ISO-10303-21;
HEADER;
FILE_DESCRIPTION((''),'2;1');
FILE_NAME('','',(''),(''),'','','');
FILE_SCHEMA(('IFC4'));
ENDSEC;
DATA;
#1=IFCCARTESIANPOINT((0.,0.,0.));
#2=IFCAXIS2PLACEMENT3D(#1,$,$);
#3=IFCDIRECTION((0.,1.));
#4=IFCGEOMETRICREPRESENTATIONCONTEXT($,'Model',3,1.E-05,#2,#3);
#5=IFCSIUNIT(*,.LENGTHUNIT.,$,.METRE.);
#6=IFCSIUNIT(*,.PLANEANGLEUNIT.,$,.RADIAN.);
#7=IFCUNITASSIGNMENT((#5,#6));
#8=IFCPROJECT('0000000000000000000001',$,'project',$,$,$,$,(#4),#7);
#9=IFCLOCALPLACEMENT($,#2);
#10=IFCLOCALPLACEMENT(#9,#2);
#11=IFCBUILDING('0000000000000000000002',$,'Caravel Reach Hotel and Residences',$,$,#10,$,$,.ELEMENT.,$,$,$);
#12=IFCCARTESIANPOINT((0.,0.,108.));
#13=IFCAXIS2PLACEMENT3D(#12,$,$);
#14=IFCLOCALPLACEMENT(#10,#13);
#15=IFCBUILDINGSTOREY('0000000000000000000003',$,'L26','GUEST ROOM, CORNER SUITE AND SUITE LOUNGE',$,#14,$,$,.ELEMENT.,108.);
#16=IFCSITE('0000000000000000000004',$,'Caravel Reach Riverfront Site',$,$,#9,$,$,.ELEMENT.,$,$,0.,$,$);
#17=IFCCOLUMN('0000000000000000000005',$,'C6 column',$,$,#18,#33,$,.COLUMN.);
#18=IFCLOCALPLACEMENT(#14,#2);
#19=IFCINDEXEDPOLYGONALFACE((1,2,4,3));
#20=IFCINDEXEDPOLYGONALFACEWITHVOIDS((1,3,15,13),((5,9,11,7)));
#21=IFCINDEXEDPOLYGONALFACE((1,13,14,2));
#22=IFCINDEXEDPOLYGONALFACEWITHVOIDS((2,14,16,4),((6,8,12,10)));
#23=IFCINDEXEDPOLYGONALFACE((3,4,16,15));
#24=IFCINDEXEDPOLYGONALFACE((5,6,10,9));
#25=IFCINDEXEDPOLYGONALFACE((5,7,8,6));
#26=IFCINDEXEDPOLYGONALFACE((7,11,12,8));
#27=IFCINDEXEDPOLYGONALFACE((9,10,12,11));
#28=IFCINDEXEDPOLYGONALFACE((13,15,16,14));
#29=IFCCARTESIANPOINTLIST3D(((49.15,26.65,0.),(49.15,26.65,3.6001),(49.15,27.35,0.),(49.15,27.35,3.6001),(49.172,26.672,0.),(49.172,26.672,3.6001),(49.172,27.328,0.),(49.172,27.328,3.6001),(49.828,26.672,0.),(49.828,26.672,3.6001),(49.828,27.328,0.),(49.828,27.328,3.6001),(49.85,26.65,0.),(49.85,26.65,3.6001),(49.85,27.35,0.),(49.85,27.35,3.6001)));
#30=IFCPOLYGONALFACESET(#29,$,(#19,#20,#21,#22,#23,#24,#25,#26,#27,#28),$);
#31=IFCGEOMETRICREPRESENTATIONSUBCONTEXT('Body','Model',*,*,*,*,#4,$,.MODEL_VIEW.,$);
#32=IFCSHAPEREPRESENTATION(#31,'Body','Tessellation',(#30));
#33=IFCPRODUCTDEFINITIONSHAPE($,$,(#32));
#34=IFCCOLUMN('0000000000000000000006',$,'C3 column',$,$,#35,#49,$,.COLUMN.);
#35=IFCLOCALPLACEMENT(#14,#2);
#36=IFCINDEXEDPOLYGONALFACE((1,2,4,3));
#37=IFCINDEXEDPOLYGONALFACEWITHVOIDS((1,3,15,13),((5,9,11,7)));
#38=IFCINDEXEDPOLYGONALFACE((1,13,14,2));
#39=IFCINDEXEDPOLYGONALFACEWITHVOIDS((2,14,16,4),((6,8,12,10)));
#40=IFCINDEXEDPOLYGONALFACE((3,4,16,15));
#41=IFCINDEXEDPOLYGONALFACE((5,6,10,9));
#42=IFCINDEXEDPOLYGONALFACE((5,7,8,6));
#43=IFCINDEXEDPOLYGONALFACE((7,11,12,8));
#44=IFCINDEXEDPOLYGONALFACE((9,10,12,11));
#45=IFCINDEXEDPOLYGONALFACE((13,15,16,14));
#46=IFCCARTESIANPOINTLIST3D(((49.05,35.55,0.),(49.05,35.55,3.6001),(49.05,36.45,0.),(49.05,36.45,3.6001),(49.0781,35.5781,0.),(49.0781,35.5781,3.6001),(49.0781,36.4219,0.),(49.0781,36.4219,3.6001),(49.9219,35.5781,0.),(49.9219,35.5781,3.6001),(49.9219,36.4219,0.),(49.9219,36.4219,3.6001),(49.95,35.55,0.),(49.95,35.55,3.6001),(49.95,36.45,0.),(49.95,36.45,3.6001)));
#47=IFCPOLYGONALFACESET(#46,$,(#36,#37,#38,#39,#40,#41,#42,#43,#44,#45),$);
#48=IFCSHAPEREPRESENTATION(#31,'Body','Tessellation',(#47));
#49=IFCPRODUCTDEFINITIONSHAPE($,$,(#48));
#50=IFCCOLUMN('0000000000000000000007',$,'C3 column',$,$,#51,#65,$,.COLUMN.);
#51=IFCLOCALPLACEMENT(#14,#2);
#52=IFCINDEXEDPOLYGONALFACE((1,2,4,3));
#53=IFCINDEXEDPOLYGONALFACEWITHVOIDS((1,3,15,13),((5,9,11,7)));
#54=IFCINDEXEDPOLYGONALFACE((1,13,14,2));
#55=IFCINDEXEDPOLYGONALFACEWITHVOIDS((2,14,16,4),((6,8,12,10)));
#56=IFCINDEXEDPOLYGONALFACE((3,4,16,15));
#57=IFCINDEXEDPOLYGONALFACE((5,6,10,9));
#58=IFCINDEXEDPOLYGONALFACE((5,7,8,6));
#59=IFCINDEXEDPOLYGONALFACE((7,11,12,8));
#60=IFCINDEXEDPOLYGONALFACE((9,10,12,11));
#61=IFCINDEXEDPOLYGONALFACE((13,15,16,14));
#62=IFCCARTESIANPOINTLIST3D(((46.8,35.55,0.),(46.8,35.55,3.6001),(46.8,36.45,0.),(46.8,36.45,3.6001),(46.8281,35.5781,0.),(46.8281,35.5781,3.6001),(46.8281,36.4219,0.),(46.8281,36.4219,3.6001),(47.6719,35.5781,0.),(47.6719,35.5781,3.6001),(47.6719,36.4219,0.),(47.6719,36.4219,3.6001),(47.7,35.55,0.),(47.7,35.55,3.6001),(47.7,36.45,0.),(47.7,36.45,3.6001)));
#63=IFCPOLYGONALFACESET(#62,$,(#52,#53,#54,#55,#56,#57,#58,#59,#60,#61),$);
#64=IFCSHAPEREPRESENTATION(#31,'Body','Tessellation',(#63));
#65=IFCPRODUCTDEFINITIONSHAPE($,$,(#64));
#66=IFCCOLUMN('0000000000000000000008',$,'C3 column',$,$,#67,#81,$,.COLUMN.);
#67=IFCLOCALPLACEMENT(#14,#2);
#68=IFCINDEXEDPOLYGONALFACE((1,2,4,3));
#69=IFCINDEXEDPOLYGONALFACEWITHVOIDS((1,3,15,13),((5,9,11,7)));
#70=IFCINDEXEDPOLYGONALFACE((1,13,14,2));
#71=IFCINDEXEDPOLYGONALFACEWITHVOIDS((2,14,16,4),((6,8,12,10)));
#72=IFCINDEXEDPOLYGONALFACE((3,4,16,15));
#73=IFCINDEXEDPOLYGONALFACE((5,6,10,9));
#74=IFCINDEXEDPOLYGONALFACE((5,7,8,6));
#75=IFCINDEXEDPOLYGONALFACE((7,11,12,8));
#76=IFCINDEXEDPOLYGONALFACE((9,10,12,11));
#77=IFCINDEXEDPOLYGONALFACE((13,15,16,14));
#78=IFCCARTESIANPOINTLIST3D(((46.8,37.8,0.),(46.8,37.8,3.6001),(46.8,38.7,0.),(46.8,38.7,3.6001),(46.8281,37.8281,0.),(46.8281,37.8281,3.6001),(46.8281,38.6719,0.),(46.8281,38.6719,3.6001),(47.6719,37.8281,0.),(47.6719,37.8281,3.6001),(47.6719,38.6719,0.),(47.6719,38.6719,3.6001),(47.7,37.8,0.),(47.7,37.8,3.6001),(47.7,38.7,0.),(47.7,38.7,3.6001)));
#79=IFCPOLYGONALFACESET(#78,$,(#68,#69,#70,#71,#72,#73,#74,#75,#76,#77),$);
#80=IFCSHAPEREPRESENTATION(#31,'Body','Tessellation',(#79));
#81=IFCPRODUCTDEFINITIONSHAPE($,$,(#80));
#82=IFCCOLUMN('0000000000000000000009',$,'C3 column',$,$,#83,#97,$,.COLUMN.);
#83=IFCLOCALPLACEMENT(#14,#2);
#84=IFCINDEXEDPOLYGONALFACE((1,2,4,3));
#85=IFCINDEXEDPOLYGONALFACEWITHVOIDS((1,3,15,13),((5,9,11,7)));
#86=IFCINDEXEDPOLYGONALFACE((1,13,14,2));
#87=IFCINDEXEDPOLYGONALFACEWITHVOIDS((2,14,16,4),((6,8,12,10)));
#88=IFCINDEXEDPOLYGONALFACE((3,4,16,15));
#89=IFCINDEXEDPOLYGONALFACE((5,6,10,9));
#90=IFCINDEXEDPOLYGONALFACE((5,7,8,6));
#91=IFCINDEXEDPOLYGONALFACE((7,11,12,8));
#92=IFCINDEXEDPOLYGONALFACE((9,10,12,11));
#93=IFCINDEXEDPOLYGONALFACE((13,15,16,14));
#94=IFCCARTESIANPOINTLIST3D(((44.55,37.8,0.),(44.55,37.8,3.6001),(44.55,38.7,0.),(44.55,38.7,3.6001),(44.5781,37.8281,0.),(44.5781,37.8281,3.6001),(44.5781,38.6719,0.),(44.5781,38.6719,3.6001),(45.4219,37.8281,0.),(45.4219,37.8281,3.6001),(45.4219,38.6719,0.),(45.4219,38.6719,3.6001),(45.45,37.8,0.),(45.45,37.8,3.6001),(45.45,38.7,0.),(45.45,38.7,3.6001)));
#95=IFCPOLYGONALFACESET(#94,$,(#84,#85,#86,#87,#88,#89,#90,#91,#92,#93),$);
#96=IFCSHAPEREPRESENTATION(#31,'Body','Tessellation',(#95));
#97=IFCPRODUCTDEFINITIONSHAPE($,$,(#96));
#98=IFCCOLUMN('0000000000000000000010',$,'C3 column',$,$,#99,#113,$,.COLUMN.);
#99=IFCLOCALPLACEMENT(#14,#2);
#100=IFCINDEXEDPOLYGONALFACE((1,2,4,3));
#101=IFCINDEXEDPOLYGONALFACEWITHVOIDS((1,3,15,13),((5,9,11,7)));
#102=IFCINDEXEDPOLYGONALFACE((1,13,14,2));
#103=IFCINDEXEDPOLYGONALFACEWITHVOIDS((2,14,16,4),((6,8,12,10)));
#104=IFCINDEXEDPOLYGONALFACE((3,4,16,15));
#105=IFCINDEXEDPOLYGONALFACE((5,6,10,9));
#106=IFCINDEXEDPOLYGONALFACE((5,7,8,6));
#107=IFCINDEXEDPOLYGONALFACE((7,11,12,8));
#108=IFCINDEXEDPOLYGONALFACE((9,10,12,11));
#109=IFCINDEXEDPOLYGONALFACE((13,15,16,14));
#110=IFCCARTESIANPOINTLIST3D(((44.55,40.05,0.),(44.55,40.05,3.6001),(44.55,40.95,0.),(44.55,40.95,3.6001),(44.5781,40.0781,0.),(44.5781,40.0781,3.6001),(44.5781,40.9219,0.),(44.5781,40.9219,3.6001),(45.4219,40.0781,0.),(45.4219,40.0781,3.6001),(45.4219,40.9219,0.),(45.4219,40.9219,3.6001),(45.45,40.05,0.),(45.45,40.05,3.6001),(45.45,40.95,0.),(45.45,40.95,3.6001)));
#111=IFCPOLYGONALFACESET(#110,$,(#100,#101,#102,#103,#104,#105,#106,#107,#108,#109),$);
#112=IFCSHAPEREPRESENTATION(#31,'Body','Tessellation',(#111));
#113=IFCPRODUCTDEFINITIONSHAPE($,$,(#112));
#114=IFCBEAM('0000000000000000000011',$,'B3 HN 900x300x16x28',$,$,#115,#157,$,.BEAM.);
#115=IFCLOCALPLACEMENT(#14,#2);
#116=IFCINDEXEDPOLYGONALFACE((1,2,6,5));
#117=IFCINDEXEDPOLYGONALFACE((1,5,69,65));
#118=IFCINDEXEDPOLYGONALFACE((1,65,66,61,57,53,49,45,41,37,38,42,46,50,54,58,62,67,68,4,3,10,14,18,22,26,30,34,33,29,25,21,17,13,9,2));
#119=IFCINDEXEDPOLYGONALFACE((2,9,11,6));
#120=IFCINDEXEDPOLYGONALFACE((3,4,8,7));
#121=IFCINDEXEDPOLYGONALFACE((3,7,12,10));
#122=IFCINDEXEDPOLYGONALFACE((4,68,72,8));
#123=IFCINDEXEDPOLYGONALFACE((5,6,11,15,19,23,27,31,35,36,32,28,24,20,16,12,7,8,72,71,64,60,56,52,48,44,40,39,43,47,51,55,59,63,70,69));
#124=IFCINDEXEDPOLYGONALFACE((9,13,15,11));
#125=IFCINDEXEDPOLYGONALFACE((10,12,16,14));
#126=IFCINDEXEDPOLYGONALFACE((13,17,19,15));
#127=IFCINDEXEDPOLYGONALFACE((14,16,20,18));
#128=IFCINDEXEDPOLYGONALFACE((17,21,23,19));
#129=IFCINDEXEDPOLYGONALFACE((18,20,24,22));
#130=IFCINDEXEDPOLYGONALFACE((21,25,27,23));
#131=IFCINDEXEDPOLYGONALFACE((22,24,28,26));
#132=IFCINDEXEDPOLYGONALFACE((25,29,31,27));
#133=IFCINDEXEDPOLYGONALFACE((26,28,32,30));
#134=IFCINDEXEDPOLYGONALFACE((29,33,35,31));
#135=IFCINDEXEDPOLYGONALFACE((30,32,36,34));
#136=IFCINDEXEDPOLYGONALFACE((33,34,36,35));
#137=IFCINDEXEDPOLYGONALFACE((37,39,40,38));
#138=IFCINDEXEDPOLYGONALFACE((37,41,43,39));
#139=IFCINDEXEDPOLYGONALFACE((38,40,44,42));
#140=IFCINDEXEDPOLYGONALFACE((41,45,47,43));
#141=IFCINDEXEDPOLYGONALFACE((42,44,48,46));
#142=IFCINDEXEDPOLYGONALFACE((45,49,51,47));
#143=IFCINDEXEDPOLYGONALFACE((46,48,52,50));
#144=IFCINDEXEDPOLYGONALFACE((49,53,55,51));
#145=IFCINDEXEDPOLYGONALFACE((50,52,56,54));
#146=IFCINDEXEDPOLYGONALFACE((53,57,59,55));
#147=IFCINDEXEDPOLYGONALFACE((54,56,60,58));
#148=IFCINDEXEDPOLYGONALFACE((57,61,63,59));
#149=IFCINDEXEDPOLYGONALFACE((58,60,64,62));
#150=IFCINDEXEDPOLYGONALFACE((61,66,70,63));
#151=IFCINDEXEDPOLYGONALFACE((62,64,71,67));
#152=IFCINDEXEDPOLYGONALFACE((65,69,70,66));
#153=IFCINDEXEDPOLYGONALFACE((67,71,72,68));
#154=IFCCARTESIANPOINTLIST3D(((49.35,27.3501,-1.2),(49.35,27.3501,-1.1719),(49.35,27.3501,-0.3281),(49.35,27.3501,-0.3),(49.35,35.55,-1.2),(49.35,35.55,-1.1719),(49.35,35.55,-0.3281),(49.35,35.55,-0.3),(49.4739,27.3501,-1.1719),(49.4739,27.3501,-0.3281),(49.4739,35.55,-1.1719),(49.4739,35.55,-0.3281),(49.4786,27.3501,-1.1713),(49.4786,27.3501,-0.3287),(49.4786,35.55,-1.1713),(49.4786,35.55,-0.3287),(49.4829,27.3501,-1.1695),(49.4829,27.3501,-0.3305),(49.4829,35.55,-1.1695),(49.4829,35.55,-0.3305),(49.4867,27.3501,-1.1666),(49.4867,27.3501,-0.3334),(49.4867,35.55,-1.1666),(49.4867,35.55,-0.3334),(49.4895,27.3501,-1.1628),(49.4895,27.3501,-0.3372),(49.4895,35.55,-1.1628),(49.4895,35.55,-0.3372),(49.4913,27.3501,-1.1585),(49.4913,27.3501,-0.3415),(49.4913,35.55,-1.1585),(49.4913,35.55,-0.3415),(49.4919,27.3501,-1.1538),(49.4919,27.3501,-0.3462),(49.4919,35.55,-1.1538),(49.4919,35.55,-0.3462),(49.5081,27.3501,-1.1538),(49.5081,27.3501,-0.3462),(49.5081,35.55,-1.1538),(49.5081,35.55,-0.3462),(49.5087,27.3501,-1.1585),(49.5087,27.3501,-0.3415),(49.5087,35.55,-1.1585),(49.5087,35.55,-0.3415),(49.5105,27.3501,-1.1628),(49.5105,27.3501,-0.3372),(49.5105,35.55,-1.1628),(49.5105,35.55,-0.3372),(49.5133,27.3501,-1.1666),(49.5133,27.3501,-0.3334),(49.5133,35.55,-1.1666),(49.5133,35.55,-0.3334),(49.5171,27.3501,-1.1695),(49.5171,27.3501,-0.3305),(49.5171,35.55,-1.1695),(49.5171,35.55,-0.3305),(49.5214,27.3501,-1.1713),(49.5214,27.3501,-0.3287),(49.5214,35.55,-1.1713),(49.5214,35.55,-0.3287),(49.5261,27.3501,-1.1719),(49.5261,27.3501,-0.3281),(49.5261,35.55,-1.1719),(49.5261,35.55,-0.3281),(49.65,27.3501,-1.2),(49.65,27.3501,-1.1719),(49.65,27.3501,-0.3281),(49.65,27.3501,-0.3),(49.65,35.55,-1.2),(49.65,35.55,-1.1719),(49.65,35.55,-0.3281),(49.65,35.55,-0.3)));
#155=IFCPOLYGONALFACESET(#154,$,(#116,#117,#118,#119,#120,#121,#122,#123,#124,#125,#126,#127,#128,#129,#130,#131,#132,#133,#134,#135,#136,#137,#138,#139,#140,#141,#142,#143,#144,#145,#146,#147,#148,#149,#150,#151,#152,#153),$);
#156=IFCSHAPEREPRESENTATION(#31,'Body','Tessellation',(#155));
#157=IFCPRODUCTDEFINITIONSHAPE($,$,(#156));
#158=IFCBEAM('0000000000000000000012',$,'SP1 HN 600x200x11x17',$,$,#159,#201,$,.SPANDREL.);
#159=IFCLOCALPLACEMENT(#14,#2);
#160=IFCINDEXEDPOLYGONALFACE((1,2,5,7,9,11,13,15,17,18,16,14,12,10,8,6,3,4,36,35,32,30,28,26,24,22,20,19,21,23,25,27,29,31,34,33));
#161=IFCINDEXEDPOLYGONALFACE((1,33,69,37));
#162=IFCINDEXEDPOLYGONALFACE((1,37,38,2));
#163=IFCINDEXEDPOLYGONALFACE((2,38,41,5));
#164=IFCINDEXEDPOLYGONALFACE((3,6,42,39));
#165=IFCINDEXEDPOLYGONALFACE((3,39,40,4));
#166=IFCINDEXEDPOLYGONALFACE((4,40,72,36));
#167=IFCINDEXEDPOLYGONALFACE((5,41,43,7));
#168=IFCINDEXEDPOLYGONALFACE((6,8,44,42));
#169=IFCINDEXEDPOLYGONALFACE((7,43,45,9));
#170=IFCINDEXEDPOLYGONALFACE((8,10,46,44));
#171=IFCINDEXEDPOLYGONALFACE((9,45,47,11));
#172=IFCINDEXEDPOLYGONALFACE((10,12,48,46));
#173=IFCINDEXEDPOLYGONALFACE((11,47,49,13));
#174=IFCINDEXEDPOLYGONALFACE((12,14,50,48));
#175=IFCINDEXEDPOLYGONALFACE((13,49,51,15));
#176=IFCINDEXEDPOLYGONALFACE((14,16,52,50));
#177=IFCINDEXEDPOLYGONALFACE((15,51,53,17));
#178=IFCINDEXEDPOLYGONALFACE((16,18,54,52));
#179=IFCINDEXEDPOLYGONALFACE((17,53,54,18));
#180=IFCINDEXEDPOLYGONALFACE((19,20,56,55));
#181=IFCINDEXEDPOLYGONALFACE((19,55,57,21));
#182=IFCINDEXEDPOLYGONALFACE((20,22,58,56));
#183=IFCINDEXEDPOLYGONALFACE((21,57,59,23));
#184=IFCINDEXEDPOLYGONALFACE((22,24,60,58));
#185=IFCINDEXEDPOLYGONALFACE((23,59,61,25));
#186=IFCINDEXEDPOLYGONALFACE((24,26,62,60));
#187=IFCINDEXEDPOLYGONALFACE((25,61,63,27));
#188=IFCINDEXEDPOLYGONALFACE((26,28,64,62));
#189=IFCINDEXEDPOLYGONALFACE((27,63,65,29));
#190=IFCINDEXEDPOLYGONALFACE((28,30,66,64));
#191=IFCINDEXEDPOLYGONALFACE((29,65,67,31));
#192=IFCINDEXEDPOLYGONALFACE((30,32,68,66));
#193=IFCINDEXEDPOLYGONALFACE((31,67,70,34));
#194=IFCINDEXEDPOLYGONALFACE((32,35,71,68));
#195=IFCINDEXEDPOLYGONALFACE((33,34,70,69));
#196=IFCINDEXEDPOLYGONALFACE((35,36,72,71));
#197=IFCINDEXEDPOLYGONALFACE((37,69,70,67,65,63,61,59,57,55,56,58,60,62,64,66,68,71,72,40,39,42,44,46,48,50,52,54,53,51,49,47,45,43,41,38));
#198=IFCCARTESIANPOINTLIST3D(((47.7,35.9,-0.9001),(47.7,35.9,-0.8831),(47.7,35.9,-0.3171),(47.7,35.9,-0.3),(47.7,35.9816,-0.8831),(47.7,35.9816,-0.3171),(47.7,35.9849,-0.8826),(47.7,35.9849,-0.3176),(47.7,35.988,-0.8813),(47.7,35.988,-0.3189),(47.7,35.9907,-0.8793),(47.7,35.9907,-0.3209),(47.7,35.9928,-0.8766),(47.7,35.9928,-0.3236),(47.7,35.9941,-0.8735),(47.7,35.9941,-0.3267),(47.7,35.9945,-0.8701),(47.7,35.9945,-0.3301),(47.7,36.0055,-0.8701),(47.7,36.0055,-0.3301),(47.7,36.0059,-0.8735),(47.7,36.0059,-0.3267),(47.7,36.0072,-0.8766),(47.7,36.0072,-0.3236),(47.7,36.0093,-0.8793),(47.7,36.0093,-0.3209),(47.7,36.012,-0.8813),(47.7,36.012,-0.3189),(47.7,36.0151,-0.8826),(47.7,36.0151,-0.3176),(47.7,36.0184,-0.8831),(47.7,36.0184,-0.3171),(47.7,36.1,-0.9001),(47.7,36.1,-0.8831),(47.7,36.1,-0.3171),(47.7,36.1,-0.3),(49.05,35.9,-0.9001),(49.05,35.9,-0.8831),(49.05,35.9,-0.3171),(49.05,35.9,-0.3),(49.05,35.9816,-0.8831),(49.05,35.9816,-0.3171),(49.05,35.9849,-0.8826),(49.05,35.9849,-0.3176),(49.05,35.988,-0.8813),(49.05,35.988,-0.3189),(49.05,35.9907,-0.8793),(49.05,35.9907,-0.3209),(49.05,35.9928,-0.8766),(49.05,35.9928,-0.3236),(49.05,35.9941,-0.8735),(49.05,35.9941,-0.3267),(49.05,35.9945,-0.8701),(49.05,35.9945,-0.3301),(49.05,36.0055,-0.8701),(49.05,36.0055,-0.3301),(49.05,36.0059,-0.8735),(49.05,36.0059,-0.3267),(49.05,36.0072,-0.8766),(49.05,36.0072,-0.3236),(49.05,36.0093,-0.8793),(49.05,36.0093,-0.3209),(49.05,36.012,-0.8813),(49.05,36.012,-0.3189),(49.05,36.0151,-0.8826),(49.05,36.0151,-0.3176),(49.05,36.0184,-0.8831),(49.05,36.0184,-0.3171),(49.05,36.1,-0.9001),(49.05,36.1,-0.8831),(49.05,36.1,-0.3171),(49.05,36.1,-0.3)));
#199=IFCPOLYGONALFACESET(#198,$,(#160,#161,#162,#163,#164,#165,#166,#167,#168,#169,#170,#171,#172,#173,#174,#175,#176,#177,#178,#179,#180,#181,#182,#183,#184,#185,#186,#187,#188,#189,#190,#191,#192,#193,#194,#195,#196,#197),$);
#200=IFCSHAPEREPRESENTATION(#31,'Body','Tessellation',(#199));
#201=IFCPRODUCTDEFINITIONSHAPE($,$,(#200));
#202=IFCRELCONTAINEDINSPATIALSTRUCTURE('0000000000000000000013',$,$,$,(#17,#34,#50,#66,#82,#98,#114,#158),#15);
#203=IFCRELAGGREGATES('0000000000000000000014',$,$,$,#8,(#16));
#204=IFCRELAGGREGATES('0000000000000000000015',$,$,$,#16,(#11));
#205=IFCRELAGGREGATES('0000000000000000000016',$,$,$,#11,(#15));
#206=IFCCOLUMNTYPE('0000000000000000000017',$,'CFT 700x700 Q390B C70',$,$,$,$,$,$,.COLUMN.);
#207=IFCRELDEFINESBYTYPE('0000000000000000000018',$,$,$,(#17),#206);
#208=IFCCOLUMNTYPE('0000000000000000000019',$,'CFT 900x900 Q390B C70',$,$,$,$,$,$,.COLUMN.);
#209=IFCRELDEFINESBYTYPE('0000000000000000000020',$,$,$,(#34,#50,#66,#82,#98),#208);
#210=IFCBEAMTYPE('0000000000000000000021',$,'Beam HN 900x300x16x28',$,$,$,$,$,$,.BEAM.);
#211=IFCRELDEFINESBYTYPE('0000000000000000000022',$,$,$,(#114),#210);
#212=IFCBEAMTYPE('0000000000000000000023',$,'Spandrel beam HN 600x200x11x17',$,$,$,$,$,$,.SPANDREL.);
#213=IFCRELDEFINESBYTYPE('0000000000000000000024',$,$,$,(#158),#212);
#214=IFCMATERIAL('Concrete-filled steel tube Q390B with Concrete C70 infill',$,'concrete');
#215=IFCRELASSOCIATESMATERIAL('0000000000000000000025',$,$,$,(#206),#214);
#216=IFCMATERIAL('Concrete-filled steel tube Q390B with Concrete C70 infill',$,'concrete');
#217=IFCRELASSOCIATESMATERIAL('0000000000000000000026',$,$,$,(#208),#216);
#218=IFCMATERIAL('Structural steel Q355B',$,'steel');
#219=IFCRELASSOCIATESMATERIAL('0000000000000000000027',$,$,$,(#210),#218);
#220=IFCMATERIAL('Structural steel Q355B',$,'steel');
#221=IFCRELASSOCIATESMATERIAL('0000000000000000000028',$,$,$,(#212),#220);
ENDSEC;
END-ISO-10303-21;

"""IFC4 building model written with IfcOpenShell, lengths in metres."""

from ifc_helpers import new_model, si_unit, direction, frame, origin, origin_2d, place, context, subcontext, project, spatial, hollow_rectangle, i_section, extrude, material, material_profile, profile_set, type_object, element, save


model = new_model("IFC4")

# Units and contexts
model_context = context("Model", 3, precision=1e-05, world=origin(), true_north=direction((0.0, 1.0)))
body_context = subcontext(model_context, "Body", "Model", "MODEL_VIEW")
ifc_project = project(units=[si_unit("LENGTHUNIT", "METRE"), si_unit("PLANEANGLEUNIT", "RADIAN")], contexts=[model_context])

# Site, building, storey
site_placement = place(None, origin())
site = spatial("IfcSite", under=ifc_project, at=site_placement, Name="Caravel Reach Riverfront Site", CompositionType="ELEMENT", RefElevation=0.0)
building_placement = place(site_placement, origin())
building = spatial("IfcBuilding", under=site, at=building_placement, Name="Caravel Reach Hotel and Residences", CompositionType="ELEMENT")
storey_placement = place(building_placement, frame((0.0, 0.0, 108.0)))
storey = spatial("IfcBuildingStorey", under=building, at=storey_placement, Name="L26", Description="GUEST ROOM, CORNER SUITE AND SUITE LOUNGE", CompositionType="ELEMENT", Elevation=108.0)

# Columns
ifc_material_1 = material(Name="Concrete-filled steel tube Q390B with Concrete C70 infill", Category="concrete")
ifc_material_profile_1 = material_profile(ifc_material_1, hollow_rectangle(XDim=0.7, YDim=0.7, WallThickness=0.022, at=origin_2d()), Name="RHS 700x700x22")
ifc_profile_set_1 = profile_set([ifc_material_profile_1], Name="Concrete-filled steel tube Q390B with Concrete C70 infill")
column_type_1 = type_object("IfcColumnType", Name="CFT 700x700 Q390B C70", PredefinedType="COLUMN", material=ifc_profile_set_1)
column_placement = place(storey_placement, frame((49.5, 27.0, 0.0), z_axis=(0.0, 0.0, 1.0), x_axis=(1.0, 0.0, 0.0)))
element("IfcColumn", 1, at=column_placement, inside=storey, type_object=column_type_1, Name="C6 column", PredefinedType="COLUMN", context=body_context, shape_type="SweptSolid", body=[
    extrude(hollow_rectangle(XDim=0.7, YDim=0.7, WallThickness=0.022, at=origin_2d()), origin(), (0.0, 0.0, 1.0), 3.6001),
])
ifc_material_2 = material(Name="Concrete-filled steel tube Q390B with Concrete C70 infill", Category="concrete")
ifc_material_profile_2 = material_profile(ifc_material_2, hollow_rectangle(XDim=0.8999, YDim=0.8999, WallThickness=0.0281, at=origin_2d()), Name="RHS 900x900x28")
ifc_profile_set_2 = profile_set([ifc_material_profile_2], Name="Concrete-filled steel tube Q390B with Concrete C70 infill")
column_type_2 = type_object("IfcColumnType", Name="CFT 900x900 Q390B C70", PredefinedType="COLUMN", material=ifc_profile_set_2)
for number, where, z_axis, x_axis, name in (
    (2, (49.5, 36.0, 0.0), (0.0, 0.0, 1.0), (1.0, 0.0, 0.0), "C3 column"),
    (3, (47.25, 36.0, 0.0), (0.0, 0.0, 1.0), (1.0, 0.0, 0.0), "C3 column"),
    (4, (47.25, 38.25, 0.0), (0.0, 0.0, 1.0), (1.0, 0.0, 0.0), "C3 column"),
    (5, (45.0, 38.25, 0.0), (0.0, 0.0, 1.0), (1.0, 0.0, 0.0), "C3 column"),
    (6, (45.0, 40.5, 0.0), (0.0, 0.0, 1.0), (1.0, 0.0, 0.0), "C3 column"),
):
    element("IfcColumn", number, at=place(storey_placement, frame(where, z_axis=z_axis, x_axis=x_axis)), inside=storey, type_object=column_type_2, Name=name, PredefinedType="COLUMN", context=body_context, shape_type="SweptSolid", body=[
        extrude(hollow_rectangle(XDim=0.8999, YDim=0.8999, WallThickness=0.0281, at=origin_2d()), origin(), (0.0, 0.0, 1.0), 3.6001),
    ])

# Beams
ifc_material_3 = material(Name="Structural steel Q355B", Category="steel")
ifc_material_profile_3 = material_profile(ifc_material_3, i_section(OverallWidth=0.3, OverallDepth=0.8999, WebThickness=0.0161, FlangeThickness=0.0281, FilletRadius=0.0181, at=origin_2d()), Name="HN 900x300x16x28")
ifc_profile_set_3 = profile_set([ifc_material_profile_3], Name="Structural steel Q355B")
beam_type_1 = type_object("IfcBeamType", Name="Beam HN 900x300x16x28", PredefinedType="BEAM", material=ifc_profile_set_3)
beam_placement = place(storey_placement, frame((49.5, 27.3501, -0.75), z_axis=(0.0, 1.0, 0.0), x_axis=(-1.0, 0.0, 0.0)))
element("IfcBeam", 7, at=beam_placement, inside=storey, type_object=beam_type_1, Name="B3 HN 900x300x16x28", PredefinedType="BEAM", context=body_context, shape_type="SweptSolid", body=[
    extrude(i_section(OverallWidth=0.3, OverallDepth=0.8999, WebThickness=0.0161, FlangeThickness=0.0281, FilletRadius=0.0181, at=origin_2d()), origin(), (0.0, 0.0, 1.0), 8.2),
])
ifc_material_4 = material(Name="Structural steel Q355B", Category="steel")
ifc_material_profile_4 = material_profile(ifc_material_4, i_section(OverallWidth=0.2, OverallDepth=0.6001, WebThickness=0.011, FlangeThickness=0.0171, FilletRadius=0.0129, at=origin_2d()), Name="HN 600x200x11x17")
ifc_profile_set_4 = profile_set([ifc_material_profile_4], Name="Structural steel Q355B")
beam_type_2 = type_object("IfcBeamType", Name="Spandrel beam HN 600x200x11x17", PredefinedType="SPANDREL", material=ifc_profile_set_4)
for number, where, z_axis, x_axis, name in (
    (8, (49.05, 36.0, -0.6001), (-1.0, 0.0, 0.0), (0.0, -1.0, 0.0), "SP1 HN 600x200x11x17"),
):
    element("IfcBeam", number, at=place(storey_placement, frame(where, z_axis=z_axis, x_axis=x_axis)), inside=storey, type_object=beam_type_2, Name=name, PredefinedType="SPANDREL", context=body_context, shape_type="SweptSolid", body=[
        extrude(i_section(OverallWidth=0.2, OverallDepth=0.6001, WebThickness=0.011, FlangeThickness=0.0171, FilletRadius=0.0129, at=origin_2d()), origin(), (0.0, 0.0, 1.0), 1.3501),
    ])

save(model, "model.ifc")
